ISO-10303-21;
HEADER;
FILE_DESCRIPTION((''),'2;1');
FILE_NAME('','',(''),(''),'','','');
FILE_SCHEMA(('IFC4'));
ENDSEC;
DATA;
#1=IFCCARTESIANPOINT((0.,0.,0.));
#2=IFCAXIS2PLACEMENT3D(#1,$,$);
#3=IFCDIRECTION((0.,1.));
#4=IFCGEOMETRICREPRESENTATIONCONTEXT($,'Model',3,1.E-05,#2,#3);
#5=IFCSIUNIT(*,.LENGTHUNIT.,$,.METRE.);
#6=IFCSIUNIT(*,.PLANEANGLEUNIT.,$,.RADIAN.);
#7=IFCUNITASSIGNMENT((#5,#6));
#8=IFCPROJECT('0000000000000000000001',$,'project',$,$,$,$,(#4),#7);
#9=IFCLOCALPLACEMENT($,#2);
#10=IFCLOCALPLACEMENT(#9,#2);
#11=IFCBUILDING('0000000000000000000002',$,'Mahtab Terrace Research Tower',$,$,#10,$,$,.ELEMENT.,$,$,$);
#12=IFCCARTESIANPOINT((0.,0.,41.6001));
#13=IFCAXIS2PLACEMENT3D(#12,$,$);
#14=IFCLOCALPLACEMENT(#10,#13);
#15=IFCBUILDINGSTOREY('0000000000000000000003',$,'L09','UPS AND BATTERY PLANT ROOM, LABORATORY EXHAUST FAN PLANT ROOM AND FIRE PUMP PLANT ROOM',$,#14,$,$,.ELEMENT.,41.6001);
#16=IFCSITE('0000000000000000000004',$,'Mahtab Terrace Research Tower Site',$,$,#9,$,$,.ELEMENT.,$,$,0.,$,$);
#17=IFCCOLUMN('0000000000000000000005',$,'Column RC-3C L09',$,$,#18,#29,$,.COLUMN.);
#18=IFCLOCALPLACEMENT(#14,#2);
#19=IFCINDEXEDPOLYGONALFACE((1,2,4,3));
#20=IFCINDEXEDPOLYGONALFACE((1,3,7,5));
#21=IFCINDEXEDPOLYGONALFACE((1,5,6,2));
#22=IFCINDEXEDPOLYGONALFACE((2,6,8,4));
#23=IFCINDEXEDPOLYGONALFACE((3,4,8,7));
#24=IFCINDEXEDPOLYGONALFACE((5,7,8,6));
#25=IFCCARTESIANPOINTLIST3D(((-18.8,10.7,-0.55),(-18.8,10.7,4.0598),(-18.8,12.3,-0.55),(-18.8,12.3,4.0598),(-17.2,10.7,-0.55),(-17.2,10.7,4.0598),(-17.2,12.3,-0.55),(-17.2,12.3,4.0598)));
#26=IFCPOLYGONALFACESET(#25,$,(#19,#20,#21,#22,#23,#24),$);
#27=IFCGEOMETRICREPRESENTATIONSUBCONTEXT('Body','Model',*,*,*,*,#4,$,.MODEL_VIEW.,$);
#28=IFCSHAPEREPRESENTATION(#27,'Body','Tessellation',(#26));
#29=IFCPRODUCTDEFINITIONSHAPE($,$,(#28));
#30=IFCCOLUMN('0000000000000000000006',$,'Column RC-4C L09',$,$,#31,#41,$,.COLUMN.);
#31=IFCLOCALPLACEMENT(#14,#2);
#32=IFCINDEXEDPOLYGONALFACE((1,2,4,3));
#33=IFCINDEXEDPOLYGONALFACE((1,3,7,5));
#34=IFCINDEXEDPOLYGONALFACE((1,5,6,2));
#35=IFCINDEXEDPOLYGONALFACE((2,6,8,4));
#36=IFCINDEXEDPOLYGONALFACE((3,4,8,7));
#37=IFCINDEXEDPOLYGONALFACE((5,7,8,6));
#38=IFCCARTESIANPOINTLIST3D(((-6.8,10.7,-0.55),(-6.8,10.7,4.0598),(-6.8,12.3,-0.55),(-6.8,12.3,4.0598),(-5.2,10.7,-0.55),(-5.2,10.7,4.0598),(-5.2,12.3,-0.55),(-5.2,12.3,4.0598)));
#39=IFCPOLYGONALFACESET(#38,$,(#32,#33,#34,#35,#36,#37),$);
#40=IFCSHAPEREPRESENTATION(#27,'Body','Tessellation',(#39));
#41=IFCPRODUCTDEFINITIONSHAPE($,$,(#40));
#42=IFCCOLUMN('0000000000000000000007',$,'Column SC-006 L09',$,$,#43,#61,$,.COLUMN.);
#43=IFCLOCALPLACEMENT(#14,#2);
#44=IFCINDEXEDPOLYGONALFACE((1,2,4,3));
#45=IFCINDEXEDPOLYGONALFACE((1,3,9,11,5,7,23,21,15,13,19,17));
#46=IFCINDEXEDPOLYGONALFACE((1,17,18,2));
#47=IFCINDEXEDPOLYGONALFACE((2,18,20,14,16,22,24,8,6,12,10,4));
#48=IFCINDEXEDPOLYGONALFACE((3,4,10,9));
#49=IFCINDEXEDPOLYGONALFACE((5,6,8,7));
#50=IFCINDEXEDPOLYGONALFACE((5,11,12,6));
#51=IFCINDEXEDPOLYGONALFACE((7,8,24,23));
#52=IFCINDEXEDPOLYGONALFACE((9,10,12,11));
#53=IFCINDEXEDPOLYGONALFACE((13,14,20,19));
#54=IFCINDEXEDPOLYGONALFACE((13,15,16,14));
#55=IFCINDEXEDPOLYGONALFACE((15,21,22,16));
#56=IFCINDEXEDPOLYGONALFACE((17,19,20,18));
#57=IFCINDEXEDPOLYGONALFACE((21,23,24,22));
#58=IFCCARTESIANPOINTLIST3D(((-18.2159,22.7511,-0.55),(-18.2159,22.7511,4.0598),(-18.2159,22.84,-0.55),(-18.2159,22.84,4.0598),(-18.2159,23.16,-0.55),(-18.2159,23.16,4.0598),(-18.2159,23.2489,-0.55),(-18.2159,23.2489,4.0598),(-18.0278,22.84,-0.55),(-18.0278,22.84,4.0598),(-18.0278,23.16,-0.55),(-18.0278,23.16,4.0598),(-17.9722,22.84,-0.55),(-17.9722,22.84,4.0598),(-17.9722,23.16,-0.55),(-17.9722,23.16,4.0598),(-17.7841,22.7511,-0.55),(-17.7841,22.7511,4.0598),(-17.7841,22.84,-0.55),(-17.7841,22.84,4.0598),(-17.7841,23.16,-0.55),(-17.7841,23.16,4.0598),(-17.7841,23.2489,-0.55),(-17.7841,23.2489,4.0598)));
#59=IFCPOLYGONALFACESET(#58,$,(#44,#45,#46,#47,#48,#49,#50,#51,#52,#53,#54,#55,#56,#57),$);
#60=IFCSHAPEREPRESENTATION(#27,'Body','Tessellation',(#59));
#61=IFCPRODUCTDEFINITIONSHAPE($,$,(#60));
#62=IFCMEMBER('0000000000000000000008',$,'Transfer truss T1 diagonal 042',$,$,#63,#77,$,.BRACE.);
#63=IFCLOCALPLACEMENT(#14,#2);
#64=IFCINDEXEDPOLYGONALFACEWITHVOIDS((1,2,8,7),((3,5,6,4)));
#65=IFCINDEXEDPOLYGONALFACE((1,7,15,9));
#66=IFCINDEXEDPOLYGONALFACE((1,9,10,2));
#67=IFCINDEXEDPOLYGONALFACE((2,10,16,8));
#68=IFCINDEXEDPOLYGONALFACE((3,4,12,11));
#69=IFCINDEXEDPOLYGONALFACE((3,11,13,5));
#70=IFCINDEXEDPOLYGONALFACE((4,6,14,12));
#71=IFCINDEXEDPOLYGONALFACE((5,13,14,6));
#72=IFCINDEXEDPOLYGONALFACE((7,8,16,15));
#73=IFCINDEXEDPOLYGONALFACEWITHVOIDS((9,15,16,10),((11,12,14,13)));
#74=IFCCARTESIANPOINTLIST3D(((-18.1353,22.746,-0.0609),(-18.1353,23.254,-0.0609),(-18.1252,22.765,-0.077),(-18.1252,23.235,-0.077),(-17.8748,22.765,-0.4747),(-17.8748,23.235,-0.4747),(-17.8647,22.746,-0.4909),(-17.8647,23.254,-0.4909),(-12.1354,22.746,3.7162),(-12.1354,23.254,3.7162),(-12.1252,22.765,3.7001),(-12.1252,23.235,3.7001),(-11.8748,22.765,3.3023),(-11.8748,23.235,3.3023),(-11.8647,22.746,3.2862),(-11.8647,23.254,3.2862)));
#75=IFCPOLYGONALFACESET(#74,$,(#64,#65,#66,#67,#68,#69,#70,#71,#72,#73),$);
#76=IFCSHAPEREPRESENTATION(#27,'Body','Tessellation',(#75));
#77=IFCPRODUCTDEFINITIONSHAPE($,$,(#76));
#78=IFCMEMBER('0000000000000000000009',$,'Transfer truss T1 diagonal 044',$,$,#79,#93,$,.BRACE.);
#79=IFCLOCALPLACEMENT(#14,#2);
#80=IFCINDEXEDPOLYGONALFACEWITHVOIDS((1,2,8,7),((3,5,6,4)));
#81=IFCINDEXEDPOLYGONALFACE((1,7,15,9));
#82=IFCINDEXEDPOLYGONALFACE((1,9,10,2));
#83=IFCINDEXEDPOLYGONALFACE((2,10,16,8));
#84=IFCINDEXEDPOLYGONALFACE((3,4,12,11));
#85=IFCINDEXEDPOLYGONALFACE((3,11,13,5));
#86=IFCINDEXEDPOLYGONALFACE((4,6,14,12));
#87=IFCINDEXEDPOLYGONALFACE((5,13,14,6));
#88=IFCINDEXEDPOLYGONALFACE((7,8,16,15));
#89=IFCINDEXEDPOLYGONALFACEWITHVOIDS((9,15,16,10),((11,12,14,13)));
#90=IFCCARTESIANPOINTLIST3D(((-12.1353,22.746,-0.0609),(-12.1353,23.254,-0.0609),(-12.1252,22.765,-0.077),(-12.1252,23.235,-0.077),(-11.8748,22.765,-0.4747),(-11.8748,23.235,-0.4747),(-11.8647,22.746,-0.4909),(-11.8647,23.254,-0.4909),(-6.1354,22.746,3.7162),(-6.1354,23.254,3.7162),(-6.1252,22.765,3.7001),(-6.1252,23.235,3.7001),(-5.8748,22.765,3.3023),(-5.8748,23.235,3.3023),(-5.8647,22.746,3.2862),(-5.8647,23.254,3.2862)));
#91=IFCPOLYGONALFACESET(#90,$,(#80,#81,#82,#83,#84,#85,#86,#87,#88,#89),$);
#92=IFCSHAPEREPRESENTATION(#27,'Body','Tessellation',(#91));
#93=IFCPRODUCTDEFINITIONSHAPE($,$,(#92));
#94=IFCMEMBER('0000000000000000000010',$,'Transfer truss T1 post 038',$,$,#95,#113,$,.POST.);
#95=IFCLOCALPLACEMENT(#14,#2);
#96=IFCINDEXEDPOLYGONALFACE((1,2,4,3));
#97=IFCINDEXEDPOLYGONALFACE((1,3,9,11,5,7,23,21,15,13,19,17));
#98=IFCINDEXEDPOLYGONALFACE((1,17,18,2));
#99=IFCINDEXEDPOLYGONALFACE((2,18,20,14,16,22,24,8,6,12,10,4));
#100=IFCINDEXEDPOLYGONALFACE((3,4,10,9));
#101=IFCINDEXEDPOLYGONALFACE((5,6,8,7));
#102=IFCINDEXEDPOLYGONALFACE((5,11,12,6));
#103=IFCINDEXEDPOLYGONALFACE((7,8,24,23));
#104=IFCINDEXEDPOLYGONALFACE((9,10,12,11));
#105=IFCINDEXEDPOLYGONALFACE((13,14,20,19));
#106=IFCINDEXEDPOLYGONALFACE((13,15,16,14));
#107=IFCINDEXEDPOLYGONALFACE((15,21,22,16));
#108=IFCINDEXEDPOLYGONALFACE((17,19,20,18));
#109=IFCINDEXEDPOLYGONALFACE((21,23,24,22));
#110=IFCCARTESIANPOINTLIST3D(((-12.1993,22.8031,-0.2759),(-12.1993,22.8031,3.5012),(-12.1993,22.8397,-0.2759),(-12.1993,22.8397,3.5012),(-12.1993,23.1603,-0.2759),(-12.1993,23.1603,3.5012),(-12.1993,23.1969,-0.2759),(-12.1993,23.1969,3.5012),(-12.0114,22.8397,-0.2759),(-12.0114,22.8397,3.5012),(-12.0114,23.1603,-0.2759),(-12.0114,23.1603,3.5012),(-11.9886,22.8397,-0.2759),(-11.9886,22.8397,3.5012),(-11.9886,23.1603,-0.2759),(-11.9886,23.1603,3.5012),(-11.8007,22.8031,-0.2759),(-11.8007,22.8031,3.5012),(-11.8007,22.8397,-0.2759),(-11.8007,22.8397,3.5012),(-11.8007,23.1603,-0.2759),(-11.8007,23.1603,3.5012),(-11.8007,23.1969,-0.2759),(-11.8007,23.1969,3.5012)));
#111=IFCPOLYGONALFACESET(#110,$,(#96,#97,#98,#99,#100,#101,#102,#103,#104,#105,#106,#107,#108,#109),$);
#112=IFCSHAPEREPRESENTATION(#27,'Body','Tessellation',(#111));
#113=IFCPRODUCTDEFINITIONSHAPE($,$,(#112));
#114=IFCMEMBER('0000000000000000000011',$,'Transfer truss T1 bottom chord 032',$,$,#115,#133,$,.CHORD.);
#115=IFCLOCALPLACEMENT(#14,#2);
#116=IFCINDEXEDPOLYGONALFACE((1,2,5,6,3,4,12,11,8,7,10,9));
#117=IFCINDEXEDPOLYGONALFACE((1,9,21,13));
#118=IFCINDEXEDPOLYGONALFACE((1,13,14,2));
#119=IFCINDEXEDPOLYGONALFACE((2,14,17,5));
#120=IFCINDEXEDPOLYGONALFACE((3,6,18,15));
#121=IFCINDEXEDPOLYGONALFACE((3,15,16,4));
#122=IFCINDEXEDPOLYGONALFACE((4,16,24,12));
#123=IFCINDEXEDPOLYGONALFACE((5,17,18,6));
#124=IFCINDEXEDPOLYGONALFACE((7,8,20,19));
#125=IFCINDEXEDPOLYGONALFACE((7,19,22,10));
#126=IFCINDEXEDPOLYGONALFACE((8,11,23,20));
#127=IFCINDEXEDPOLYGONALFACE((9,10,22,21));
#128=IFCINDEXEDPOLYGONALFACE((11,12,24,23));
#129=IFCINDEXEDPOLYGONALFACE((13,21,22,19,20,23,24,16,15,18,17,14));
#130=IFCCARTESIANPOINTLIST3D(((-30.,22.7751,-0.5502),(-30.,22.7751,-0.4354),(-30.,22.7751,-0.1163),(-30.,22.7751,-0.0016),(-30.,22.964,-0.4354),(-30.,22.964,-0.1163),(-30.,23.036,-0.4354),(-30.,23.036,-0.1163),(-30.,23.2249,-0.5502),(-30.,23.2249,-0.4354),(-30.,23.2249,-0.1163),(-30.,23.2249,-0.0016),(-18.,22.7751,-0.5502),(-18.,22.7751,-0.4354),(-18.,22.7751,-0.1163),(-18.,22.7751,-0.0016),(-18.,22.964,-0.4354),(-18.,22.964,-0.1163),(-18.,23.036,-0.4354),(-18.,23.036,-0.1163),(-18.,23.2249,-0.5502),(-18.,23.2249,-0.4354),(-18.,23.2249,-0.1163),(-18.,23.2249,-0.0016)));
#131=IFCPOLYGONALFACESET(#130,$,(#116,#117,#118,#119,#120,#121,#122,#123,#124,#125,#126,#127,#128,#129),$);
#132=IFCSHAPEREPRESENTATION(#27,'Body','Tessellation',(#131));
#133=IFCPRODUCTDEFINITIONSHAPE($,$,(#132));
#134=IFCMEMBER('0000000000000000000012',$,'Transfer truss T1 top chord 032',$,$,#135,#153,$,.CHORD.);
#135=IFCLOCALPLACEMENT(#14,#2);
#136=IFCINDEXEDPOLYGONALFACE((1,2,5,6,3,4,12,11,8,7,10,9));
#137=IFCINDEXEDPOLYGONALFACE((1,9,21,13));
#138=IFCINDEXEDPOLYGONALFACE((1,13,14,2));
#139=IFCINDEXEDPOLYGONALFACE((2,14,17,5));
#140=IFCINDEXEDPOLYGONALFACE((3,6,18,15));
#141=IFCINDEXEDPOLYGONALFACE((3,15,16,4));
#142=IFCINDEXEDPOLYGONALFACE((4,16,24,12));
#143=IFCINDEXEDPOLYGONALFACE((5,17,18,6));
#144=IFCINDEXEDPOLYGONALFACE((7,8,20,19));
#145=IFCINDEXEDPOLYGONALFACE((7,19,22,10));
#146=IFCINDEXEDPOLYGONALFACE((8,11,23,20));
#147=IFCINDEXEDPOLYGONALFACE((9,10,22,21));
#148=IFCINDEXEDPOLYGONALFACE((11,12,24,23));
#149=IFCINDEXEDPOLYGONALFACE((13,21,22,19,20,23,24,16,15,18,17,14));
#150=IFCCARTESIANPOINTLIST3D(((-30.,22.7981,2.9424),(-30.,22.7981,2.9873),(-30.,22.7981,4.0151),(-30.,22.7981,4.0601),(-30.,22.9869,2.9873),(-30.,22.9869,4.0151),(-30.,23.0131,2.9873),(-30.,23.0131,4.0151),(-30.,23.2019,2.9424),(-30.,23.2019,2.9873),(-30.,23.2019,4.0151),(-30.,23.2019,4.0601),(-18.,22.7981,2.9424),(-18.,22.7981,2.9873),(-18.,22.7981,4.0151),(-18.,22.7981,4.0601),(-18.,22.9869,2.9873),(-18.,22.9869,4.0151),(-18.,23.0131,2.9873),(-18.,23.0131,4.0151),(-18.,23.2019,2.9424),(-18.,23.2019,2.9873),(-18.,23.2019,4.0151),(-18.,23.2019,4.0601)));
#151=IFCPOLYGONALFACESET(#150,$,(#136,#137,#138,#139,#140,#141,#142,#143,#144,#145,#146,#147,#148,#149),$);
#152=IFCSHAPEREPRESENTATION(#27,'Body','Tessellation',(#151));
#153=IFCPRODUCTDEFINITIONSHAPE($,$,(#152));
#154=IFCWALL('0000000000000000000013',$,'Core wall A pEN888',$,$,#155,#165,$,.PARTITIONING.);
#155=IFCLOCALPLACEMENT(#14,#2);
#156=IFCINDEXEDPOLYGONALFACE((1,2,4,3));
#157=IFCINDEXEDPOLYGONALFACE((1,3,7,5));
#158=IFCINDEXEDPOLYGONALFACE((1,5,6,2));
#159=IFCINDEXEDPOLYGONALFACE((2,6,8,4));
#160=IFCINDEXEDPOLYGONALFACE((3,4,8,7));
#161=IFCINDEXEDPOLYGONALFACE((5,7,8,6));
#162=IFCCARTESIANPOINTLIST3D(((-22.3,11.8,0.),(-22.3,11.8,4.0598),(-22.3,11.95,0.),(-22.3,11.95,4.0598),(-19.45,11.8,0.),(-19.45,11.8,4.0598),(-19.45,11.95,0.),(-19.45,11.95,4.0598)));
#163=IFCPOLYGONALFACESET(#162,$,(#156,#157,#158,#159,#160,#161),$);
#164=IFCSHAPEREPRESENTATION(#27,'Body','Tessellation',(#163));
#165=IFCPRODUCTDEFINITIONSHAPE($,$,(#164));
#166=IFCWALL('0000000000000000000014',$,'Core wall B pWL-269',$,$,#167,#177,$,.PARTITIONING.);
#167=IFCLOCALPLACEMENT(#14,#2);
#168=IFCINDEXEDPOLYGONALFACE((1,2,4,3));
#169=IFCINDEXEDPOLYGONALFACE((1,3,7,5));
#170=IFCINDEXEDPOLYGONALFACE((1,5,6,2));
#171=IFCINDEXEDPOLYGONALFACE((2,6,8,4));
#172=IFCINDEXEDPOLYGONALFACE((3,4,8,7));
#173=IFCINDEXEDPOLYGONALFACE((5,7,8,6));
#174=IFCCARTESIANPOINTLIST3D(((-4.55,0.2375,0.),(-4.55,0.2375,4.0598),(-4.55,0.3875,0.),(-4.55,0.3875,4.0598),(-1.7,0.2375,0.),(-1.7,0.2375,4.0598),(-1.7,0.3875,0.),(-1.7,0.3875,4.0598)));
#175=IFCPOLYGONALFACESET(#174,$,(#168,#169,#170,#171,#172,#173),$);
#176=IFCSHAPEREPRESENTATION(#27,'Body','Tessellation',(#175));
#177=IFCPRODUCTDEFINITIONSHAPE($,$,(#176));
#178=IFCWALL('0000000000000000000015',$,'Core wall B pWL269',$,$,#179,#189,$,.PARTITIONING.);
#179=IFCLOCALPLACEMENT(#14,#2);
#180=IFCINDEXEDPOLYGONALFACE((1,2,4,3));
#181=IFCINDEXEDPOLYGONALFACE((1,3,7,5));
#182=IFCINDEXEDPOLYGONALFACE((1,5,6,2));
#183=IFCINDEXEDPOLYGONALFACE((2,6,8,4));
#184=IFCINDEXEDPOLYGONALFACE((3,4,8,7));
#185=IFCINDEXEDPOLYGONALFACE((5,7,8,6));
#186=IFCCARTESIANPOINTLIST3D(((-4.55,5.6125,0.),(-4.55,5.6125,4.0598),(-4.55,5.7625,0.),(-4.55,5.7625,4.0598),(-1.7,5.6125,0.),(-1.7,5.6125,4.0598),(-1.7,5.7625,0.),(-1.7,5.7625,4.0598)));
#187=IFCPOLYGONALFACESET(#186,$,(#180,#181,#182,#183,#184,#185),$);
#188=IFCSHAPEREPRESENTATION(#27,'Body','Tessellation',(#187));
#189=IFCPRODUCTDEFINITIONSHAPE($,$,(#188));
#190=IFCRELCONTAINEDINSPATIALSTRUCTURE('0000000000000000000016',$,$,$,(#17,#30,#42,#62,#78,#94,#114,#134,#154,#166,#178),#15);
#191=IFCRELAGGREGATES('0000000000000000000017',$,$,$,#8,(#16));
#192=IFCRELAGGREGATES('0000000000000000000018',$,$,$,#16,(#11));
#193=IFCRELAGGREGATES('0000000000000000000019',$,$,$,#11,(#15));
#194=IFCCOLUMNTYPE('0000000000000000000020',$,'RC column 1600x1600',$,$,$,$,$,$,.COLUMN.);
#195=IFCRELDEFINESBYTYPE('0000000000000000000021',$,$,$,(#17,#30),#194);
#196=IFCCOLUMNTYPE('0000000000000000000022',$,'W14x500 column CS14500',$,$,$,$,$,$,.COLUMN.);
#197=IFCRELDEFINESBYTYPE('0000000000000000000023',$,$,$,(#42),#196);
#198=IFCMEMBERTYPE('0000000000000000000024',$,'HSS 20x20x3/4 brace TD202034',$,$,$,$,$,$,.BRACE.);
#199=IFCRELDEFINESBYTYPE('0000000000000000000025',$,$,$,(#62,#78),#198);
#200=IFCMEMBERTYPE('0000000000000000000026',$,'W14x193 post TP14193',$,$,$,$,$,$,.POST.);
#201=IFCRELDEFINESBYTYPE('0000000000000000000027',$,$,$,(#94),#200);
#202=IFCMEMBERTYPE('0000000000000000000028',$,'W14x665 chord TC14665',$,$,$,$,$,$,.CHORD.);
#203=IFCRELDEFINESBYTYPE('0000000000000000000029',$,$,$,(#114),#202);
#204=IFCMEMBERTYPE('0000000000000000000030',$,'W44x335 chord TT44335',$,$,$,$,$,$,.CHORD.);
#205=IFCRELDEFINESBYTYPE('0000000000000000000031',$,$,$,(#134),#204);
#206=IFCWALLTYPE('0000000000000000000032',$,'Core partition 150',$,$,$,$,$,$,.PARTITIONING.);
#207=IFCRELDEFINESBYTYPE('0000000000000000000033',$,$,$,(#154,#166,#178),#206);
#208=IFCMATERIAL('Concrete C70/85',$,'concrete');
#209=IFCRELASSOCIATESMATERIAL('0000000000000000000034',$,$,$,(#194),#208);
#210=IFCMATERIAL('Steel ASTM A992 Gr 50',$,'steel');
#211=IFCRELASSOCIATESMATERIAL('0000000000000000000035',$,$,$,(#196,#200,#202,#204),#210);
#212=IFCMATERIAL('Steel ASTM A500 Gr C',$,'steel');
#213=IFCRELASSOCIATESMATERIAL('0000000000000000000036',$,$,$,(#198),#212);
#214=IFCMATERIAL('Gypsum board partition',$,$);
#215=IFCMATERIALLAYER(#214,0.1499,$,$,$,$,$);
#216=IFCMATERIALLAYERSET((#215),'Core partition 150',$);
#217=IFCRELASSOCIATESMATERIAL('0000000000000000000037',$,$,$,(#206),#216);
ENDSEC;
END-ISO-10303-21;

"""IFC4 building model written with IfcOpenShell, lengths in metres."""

from ifc_helpers import new_model, si_unit, direction, frame, frame_2d, origin, origin_2d, place, context, subcontext, project, spatial, rectangle, hollow_rectangle, i_section, extrude, material, layer, layer_set, material_profile, profile_set, type_object, element, save


model = new_model("IFC4")

# Units and contexts
model_context = context("Model", 3, precision=1e-05, world=origin(), true_north=direction((0.0, 1.0)))
body_context = subcontext(model_context, "Body", "Model", "MODEL_VIEW")
ifc_project = project(units=[si_unit("LENGTHUNIT", "METRE"), si_unit("PLANEANGLEUNIT", "RADIAN")], contexts=[model_context])

# Site, building, storey
site_placement = place(None, origin())
site = spatial("IfcSite", under=ifc_project, at=site_placement, Name="Mahtab Terrace Research Tower Site", CompositionType="ELEMENT", RefElevation=0.0)
building_placement = place(site_placement, origin())
building = spatial("IfcBuilding", under=site, at=building_placement, Name="Mahtab Terrace Research Tower", CompositionType="ELEMENT")
storey_placement = place(building_placement, frame((0.0, 0.0, 41.6001)))
storey = spatial("IfcBuildingStorey", under=building, at=storey_placement, Name="L09", Description="UPS AND BATTERY PLANT ROOM, LABORATORY EXHAUST FAN PLANT ROOM AND FIRE PUMP PLANT ROOM", CompositionType="ELEMENT", Elevation=41.6001)

# Columns
ifc_material_1 = material(Name="Concrete C70/85", Category="concrete")
ifc_material_profile_1 = material_profile(ifc_material_1, rectangle(XDim=1.6001, YDim=1.6001, at=origin_2d()), Name="RC column 1600x1600")
ifc_profile_set_1 = profile_set([ifc_material_profile_1], Name="Concrete C70/85")
column_type_1 = type_object("IfcColumnType", Name="RC column 1600x1600", PredefinedType="COLUMN", material=ifc_profile_set_1)
for number, where, z_axis, x_axis, name in (
    (1, (-18.0, 11.5, -0.55), (0.0, 0.0, 1.0), (1.0, 0.0, 0.0), "Column RC-3C L09"),
    (2, (-6.0, 11.5, -0.55), (0.0, 0.0, 1.0), (1.0, 0.0, 0.0), "Column RC-4C L09"),
):
    element("IfcColumn", number, at=place(storey_placement, frame(where, z_axis=z_axis, x_axis=x_axis)), inside=storey, type_object=column_type_1, Name=name, PredefinedType="COLUMN", context=body_context, shape_type="SweptSolid", body=[
        extrude(rectangle(XDim=1.6001, YDim=1.6001, at=origin_2d()), origin(), (0.0, 0.0, 1.0), 4.6099),
    ])
ifc_material_2 = material(Name="Steel ASTM A992 Gr 50", Category="steel")
ifc_material_profile_2 = material_profile(ifc_material_2, i_section(OverallWidth=0.4319, OverallDepth=0.4978, WebThickness=0.0557, FlangeThickness=0.0889, at=origin_2d()), Name="W14X500")
ifc_profile_set_2 = profile_set([ifc_material_profile_2], Name="Steel ASTM A992 Gr 50")
column_type_2 = type_object("IfcColumnType", Name="W14x500 column CS14500", PredefinedType="COLUMN", material=ifc_profile_set_2)
column_placement = place(storey_placement, frame((-18.0, 23.0, -0.55), z_axis=(0.0, 0.0, 1.0), x_axis=(1.0, 0.0, 0.0)))
element("IfcColumn", 3, at=column_placement, inside=storey, type_object=column_type_2, Name="Column SC-006 L09", PredefinedType="COLUMN", context=body_context, shape_type="SweptSolid", body=[
    extrude(i_section(OverallWidth=0.4319, OverallDepth=0.4978, WebThickness=0.0557, FlangeThickness=0.0889, at=origin_2d()), origin(), (0.0, 0.0, 1.0), 4.6099),
])

# Members
ifc_material_3 = material(Name="Steel ASTM A500 Gr C", Category="steel")
ifc_material_profile_3 = material_profile(ifc_material_3, hollow_rectangle(XDim=0.5081, YDim=0.5081, WallThickness=0.019, at=origin_2d()), Name="HSS20X20X3/4")
ifc_profile_set_3 = profile_set([ifc_material_profile_3], Name="Steel ASTM A500 Gr C")
member_type_1 = type_object("IfcMemberType", Name="HSS 20x20x3/4 brace TD202034", PredefinedType="BRACE", material=ifc_profile_set_3)
for number, where, z_axis, x_axis, name in (
    (4, (-18.0, 23.0, -0.2759), (0.846276, 0.0, 0.532745), (0.0, 1.0, 0.0), "Transfer truss T1 diagonal 042"),
    (5, (-12.0, 23.0, -0.2759), (0.846276, 0.0, 0.532745), (0.0, 1.0, 0.0), "Transfer truss T1 diagonal 044"),
):
    element("IfcMember", number, at=place(storey_placement, frame(where, z_axis=z_axis, x_axis=x_axis)), inside=storey, type_object=member_type_1, Name=name, PredefinedType="BRACE", context=body_context, shape_type="SweptSolid", body=[
        extrude(hollow_rectangle(XDim=0.5081, YDim=0.5081, WallThickness=0.019, at=origin_2d()), origin(), (0.0, 0.0, 1.0), 7.0898),
    ])
ifc_material_profile_4 = material_profile(ifc_material_2, i_section(OverallWidth=0.3987, OverallDepth=0.3938, WebThickness=0.0227, FlangeThickness=0.0366, at=origin_2d()), Name="W14X193")
ifc_profile_set_4 = profile_set([ifc_material_profile_4], Name="Steel ASTM A992 Gr 50")
member_type_2 = type_object("IfcMemberType", Name="W14x193 post TP14193", PredefinedType="POST", material=ifc_profile_set_4)
member_1_placement = place(storey_placement, frame((-12.0, 23.0, -0.2759), z_axis=(0.0, 0.0, 1.0), x_axis=(1.0, 0.0, 0.0)))
element("IfcMember", 6, at=member_1_placement, inside=storey, type_object=member_type_2, Name="Transfer truss T1 post 038", PredefinedType="POST", context=body_context, shape_type="SweptSolid", body=[
    extrude(i_section(OverallWidth=0.3987, OverallDepth=0.3938, WebThickness=0.0227, FlangeThickness=0.0366, at=origin_2d()), origin(), (0.0, 0.0, 1.0), 3.7771),
])
ifc_material_profile_5 = material_profile(ifc_material_2, i_section(OverallWidth=0.4497, OverallDepth=0.5486, WebThickness=0.072, FlangeThickness=0.1147, at=origin_2d()), Name="W14X665")
ifc_profile_set_5 = profile_set([ifc_material_profile_5], Name="Steel ASTM A992 Gr 50")
member_type_3 = type_object("IfcMemberType", Name="W14x665 chord TC14665", PredefinedType="CHORD", material=ifc_profile_set_5)
member_2_placement = place(storey_placement, frame((-18.0, 23.0, -0.2759), z_axis=(-1.0, 0.0, 0.0), x_axis=(0.0, -1.0, 0.0)))
element("IfcMember", 7, at=member_2_placement, inside=storey, type_object=member_type_3, Name="Transfer truss T1 bottom chord 032", PredefinedType="CHORD", context=body_context, shape_type="SweptSolid", body=[
    extrude(i_section(OverallWidth=0.4497, OverallDepth=0.5486, WebThickness=0.072, FlangeThickness=0.1147, at=origin_2d()), origin(), (0.0, 0.0, 1.0), 12.0),
])
ifc_material_profile_6 = material_profile(ifc_material_2, i_section(OverallWidth=0.4038, OverallDepth=1.1177, WebThickness=0.0261, FlangeThickness=0.0449, at=origin_2d()), Name="W44X335")
ifc_profile_set_6 = profile_set([ifc_material_profile_6], Name="Steel ASTM A992 Gr 50")
member_type_4 = type_object("IfcMemberType", Name="W44x335 chord TT44335", PredefinedType="CHORD", material=ifc_profile_set_6)
member_3_placement = place(storey_placement, frame((-18.0, 23.0, 3.5012), z_axis=(-1.0, 0.0, 0.0), x_axis=(0.0, -1.0, 0.0)))
element("IfcMember", 8, at=member_3_placement, inside=storey, type_object=member_type_4, Name="Transfer truss T1 top chord 032", PredefinedType="CHORD", context=body_context, shape_type="SweptSolid", body=[
    extrude(i_section(OverallWidth=0.4038, OverallDepth=1.1177, WebThickness=0.0261, FlangeThickness=0.0449, at=origin_2d()), origin(), (0.0, 0.0, 1.0), 12.0),
])

# Walls
ifc_material_4 = material(Name="Gypsum board partition")
ifc_layer_1 = layer(ifc_material_4, 0.1499)
ifc_layer_set_1 = layer_set([ifc_layer_1], Name="Core partition 150")
wall_type_1 = type_object("IfcWallType", Name="Core partition 150", PredefinedType="PARTITIONING", material=ifc_layer_set_1)
for number, where, z_axis, x_axis, name in (
    (9, (-22.3, 11.875, 0.0), (0.0, 0.0, 1.0), (1.0, 0.0, 0.0), "Core wall A pEN888"),
    (10, (-4.55, 0.3125, 0.0), (0.0, 0.0, 1.0), (1.0, 0.0, 0.0), "Core wall B pWL-269"),
    (11, (-4.55, 5.6875, 0.0), (0.0, 0.0, 1.0), (1.0, 0.0, 0.0), "Core wall B pWL269"),
):
    element("IfcWall", number, at=place(storey_placement, frame(where, z_axis=z_axis, x_axis=x_axis)), inside=storey, type_object=wall_type_1, Name=name, PredefinedType="PARTITIONING", context=body_context, shape_type="SweptSolid", body=[
        extrude(rectangle(XDim=2.8501, YDim=0.1499, at=frame_2d((1.425, 0.0))), origin(), (0.0, 0.0, 1.0), 4.0598),
    ])

save(model, "model.ifc")
